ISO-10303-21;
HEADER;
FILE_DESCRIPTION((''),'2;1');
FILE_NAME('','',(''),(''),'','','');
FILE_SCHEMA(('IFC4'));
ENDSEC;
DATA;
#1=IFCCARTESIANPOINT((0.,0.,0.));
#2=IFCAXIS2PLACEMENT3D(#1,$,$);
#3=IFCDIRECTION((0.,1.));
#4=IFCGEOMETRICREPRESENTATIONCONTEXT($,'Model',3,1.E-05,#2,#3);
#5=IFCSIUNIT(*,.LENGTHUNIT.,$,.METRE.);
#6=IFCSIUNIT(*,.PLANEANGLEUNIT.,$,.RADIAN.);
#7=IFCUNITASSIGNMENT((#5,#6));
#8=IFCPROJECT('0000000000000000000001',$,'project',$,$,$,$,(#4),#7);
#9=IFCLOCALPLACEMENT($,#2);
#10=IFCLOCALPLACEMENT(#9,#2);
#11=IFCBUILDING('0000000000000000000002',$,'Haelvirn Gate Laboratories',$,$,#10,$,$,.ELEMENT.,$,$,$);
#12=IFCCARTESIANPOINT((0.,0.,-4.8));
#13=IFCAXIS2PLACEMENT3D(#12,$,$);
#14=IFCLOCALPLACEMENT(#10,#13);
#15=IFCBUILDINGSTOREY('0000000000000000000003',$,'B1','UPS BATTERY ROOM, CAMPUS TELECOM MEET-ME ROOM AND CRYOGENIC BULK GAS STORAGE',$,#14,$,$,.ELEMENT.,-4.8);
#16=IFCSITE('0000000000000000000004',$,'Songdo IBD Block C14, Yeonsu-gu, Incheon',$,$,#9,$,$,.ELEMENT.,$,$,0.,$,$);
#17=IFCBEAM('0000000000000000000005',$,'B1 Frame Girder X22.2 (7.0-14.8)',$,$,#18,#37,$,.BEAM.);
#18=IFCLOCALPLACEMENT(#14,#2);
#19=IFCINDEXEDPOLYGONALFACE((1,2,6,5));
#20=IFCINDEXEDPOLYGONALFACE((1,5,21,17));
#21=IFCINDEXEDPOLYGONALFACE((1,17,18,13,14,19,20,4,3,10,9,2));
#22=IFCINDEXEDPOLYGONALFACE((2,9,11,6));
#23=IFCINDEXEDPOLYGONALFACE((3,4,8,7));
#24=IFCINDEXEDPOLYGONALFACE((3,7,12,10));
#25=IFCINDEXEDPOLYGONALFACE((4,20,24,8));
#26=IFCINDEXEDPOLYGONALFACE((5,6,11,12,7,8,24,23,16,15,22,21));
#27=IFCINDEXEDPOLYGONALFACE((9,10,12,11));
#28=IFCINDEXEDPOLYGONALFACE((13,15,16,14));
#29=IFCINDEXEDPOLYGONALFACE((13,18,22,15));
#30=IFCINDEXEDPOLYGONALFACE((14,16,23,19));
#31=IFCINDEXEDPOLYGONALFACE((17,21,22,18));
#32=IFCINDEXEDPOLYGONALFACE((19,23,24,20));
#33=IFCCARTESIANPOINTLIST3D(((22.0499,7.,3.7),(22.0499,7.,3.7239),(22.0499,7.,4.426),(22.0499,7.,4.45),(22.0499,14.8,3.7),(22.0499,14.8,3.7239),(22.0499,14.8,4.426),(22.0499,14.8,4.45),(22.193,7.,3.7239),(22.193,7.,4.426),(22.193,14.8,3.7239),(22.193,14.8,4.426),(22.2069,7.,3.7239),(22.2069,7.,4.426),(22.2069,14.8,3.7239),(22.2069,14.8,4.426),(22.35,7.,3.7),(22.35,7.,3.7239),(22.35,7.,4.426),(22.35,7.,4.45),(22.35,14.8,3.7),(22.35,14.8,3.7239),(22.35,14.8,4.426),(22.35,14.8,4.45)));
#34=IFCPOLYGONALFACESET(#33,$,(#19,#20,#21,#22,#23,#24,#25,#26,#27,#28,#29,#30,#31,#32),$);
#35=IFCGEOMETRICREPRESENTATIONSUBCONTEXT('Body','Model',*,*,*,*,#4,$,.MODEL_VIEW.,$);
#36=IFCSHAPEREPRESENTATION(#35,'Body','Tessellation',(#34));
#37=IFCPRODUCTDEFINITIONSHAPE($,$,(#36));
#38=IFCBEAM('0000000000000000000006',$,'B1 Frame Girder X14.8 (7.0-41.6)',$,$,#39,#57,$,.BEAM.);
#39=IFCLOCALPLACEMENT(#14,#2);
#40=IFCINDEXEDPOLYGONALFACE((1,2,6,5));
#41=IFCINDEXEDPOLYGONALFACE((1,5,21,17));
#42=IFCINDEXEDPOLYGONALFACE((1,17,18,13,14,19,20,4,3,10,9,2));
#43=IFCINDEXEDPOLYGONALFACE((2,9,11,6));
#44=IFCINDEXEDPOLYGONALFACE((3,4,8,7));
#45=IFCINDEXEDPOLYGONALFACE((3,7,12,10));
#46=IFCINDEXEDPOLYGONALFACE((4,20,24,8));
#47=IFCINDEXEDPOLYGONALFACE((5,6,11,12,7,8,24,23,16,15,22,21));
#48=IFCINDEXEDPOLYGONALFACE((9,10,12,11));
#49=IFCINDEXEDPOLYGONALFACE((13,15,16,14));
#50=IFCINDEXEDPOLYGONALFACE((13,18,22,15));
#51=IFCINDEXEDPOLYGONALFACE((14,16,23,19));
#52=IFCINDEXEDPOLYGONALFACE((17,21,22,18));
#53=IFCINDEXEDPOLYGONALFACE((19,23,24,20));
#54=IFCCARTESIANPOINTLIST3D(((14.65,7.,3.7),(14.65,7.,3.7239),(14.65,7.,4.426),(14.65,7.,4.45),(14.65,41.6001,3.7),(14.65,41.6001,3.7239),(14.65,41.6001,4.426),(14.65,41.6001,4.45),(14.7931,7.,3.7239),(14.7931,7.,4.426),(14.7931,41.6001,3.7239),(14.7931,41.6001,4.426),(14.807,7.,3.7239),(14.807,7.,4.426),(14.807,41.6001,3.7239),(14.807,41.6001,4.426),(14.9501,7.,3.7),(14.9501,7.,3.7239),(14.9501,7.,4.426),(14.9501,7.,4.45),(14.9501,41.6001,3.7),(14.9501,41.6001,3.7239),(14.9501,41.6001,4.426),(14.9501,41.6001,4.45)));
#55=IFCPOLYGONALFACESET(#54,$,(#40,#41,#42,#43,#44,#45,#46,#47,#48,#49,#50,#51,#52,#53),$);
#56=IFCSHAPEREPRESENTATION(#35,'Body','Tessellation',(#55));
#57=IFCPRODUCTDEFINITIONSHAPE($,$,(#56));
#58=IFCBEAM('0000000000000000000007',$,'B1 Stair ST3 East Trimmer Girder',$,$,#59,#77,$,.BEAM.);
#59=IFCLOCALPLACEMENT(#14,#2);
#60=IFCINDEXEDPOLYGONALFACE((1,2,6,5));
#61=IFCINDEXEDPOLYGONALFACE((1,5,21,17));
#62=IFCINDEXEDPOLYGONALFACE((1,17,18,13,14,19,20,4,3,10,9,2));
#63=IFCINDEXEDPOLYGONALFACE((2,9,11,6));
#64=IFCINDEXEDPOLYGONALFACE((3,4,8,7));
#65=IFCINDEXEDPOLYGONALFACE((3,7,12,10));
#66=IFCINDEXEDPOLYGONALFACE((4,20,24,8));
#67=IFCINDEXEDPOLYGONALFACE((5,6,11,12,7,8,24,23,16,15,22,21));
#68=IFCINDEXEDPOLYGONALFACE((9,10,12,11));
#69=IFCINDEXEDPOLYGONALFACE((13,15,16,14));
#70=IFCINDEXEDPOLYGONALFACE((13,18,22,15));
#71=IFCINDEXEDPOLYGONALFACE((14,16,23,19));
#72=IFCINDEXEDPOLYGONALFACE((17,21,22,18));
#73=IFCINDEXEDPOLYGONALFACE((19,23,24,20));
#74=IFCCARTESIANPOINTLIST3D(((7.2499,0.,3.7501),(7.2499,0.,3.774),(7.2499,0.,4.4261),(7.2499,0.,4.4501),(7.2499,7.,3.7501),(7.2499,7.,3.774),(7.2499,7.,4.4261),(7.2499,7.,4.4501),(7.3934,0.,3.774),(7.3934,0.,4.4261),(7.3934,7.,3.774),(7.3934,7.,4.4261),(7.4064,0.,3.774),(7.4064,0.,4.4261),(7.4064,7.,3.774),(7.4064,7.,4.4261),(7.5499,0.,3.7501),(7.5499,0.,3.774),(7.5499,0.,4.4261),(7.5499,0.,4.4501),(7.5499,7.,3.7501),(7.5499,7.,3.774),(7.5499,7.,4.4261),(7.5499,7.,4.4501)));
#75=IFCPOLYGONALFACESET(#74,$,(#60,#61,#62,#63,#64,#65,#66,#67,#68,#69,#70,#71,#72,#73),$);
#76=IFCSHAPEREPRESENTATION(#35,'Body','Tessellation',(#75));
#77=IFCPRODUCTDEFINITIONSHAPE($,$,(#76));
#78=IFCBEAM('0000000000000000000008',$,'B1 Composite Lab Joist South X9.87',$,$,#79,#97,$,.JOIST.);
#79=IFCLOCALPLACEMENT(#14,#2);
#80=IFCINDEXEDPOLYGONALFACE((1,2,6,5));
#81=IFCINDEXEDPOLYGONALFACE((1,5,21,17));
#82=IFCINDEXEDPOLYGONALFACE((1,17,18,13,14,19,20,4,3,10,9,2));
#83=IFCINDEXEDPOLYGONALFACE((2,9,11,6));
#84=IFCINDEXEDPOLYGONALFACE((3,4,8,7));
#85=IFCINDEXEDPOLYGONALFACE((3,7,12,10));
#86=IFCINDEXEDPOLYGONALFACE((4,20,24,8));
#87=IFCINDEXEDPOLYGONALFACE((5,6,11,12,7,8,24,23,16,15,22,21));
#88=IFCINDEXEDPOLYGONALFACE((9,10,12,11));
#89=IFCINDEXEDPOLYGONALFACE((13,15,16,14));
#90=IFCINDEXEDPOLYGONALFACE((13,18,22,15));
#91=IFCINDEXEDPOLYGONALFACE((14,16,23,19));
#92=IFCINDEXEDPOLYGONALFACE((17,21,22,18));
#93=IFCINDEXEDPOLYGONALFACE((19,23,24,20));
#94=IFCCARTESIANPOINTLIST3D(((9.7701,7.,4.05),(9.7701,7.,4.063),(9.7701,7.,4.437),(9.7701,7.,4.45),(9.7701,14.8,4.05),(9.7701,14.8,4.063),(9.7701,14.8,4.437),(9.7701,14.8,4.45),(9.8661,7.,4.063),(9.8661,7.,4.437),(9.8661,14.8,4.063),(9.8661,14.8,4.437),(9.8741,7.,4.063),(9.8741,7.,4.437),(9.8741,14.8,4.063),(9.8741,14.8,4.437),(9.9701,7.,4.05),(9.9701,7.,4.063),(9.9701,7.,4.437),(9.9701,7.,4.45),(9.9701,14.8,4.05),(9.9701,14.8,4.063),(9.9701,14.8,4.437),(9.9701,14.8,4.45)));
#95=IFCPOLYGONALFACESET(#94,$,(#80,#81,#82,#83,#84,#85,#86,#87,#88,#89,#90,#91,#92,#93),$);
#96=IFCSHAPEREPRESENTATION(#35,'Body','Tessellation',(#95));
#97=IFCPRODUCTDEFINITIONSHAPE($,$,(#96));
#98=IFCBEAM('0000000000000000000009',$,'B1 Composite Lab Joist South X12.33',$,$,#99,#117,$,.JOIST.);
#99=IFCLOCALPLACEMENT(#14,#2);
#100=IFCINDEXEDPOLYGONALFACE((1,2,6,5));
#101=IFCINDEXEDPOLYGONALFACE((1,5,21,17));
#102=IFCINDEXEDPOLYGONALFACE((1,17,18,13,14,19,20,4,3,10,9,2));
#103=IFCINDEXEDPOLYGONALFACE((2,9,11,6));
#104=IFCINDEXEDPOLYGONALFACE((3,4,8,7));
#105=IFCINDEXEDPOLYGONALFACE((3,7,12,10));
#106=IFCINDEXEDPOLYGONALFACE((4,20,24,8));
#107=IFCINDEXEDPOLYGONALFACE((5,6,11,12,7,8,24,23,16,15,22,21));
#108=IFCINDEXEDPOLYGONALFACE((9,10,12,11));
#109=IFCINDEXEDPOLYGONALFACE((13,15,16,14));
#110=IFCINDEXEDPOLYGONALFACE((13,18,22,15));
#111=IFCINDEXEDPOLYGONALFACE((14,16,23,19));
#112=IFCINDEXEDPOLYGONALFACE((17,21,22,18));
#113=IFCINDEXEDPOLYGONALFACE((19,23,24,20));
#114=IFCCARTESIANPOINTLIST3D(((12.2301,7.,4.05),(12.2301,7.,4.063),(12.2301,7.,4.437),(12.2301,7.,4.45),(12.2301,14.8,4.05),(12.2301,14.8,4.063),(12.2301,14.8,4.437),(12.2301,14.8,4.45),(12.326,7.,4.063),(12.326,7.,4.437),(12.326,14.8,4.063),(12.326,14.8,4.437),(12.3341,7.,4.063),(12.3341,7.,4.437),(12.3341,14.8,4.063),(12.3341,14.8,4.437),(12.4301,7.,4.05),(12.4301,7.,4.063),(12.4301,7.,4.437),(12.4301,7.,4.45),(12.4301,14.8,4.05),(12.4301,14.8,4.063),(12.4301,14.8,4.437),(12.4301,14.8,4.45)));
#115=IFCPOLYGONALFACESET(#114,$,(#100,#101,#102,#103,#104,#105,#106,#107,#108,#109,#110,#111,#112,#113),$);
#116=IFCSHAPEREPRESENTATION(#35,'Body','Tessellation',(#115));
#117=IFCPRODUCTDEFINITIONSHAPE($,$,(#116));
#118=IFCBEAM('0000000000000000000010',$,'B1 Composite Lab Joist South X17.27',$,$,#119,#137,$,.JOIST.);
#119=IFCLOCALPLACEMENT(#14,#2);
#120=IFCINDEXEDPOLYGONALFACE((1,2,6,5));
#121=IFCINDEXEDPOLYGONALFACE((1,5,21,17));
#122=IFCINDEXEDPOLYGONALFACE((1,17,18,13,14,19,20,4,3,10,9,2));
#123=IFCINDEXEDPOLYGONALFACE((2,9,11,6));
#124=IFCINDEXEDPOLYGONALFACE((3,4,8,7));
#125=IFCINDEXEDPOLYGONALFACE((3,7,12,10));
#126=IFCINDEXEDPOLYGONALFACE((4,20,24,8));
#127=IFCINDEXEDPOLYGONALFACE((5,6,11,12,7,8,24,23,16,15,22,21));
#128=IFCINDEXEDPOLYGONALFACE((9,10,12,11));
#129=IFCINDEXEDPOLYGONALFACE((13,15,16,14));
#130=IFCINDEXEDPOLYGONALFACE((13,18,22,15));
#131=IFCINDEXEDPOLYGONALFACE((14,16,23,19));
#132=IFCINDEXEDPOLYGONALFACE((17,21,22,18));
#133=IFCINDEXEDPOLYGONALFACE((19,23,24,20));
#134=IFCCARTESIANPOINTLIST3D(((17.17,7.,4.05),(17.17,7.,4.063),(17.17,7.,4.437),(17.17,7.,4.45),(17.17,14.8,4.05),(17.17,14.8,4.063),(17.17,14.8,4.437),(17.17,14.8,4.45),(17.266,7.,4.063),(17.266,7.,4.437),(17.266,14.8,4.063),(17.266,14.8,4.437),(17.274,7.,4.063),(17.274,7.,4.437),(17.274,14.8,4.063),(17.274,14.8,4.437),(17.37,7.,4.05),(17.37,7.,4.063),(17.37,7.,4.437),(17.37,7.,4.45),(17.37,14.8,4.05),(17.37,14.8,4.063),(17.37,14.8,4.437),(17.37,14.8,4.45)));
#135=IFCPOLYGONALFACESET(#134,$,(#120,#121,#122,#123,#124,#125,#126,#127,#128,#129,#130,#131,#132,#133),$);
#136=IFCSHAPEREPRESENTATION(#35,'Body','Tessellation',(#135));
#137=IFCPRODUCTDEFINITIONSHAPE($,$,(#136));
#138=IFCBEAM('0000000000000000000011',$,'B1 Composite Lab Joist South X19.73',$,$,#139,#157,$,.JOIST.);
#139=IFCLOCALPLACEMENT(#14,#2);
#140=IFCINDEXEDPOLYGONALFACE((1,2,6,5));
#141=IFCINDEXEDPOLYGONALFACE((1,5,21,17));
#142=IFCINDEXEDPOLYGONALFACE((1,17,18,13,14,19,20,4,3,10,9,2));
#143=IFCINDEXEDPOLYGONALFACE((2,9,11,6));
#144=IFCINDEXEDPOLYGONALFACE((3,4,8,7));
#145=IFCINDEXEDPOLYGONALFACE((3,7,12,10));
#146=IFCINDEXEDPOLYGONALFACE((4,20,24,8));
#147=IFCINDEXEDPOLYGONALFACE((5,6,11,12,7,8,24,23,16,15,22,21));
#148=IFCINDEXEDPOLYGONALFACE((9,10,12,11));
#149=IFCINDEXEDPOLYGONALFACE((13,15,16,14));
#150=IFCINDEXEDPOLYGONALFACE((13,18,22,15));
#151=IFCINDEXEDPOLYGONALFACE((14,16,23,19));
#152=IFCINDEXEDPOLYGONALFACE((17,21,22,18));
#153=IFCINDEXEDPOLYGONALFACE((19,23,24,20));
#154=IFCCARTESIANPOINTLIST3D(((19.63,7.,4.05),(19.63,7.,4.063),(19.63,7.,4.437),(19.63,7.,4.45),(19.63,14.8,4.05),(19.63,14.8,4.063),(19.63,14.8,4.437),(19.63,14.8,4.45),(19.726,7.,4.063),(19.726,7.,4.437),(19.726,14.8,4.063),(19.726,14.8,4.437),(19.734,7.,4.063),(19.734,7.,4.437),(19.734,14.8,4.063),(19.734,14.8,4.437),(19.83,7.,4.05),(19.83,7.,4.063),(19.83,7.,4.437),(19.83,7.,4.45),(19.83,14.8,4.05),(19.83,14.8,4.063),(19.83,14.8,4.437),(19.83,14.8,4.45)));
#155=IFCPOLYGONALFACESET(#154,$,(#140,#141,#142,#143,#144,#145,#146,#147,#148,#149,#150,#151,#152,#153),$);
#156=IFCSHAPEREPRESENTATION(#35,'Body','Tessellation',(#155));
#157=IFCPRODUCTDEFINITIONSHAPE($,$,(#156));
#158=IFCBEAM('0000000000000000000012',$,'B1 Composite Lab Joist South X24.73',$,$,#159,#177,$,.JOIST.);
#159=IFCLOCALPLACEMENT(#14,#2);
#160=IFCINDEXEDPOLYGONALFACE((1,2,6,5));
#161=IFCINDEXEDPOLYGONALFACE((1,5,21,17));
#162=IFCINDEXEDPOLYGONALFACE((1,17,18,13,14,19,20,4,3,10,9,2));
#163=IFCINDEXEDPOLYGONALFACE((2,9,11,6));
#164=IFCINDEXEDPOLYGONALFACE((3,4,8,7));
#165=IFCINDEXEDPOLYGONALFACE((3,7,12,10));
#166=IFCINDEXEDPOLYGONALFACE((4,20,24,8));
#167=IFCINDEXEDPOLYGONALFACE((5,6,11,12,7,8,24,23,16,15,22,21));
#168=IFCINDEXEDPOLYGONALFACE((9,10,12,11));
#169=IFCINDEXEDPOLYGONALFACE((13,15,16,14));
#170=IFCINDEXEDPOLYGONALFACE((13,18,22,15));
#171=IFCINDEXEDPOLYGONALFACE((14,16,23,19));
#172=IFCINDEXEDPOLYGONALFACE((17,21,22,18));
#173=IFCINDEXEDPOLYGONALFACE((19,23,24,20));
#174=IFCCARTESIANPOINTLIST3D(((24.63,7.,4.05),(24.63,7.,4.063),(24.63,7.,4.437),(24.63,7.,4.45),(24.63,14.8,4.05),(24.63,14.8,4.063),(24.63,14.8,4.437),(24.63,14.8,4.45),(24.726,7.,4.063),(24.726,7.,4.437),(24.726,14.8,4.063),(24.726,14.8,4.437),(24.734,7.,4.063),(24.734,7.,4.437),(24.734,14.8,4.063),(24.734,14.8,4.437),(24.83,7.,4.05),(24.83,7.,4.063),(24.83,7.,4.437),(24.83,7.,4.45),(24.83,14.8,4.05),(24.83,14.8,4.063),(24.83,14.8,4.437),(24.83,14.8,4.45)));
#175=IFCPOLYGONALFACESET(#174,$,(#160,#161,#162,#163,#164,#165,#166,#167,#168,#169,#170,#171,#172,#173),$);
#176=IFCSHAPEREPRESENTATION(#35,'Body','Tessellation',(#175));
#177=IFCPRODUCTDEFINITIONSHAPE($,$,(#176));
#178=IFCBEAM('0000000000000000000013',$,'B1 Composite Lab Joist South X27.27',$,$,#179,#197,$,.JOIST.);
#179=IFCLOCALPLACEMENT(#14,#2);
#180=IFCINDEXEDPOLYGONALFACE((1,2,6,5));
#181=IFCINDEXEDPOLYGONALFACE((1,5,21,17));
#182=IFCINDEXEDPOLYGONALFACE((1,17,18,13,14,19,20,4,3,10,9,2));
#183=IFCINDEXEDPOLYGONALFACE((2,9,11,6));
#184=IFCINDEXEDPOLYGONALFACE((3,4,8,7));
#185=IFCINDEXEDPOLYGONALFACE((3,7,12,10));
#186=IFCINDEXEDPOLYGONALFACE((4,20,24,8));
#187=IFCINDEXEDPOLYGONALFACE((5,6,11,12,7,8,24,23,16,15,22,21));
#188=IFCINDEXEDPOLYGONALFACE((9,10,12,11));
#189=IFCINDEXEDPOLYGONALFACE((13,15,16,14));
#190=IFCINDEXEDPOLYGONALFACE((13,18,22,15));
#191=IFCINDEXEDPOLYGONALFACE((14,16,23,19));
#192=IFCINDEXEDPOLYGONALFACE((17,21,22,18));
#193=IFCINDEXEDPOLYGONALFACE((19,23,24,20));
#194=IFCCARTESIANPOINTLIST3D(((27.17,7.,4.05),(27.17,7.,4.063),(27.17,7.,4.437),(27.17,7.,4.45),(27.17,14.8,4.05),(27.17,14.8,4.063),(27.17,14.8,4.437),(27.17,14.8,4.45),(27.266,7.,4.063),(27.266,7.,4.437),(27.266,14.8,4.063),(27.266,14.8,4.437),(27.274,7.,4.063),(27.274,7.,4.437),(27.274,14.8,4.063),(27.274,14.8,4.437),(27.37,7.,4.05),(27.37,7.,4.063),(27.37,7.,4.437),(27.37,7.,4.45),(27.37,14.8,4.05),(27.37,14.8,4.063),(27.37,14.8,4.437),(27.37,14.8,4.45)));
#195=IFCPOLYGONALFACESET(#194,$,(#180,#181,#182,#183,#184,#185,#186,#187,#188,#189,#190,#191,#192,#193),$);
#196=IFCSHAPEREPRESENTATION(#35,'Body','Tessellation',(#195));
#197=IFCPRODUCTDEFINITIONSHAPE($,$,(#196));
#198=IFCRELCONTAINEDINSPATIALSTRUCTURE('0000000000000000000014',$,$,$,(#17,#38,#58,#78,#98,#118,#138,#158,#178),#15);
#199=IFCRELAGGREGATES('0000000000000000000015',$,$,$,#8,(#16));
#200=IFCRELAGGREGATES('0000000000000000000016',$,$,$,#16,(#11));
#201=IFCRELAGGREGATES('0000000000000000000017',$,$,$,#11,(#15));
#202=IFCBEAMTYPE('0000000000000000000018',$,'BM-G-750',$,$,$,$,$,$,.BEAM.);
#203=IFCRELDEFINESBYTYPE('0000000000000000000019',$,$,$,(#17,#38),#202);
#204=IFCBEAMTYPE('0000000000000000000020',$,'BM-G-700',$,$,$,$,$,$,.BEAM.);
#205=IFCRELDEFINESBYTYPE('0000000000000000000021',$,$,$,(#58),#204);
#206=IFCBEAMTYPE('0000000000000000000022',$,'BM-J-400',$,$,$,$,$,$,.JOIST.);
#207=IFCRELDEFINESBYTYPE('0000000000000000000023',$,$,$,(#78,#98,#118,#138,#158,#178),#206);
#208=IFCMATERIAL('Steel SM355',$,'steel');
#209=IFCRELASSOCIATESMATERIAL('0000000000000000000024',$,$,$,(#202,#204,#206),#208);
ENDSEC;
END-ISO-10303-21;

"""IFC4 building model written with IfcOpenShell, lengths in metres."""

from ifc_helpers import new_model, si_unit, direction, frame, origin, origin_2d, place, context, subcontext, project, spatial, i_section, extrude, source, transform, mapped, material, material_profile, profile_set, type_object, type_shapes, element, save


model = new_model("IFC4")

# Units and contexts
model_context = context("Model", 3, precision=1e-05, world=origin(), true_north=direction((0.0, 1.0)))
body_context = subcontext(model_context, "Body", "Model", "MODEL_VIEW")
ifc_project = project(units=[si_unit("LENGTHUNIT", "METRE"), si_unit("PLANEANGLEUNIT", "RADIAN")], contexts=[model_context])

# Site, building, storey
site_placement = place(None, origin())
site = spatial("IfcSite", under=ifc_project, at=site_placement, Name="Songdo IBD Block C14, Yeonsu-gu, Incheon", CompositionType="ELEMENT", RefElevation=0.0)
building_placement = place(site_placement, origin())
building = spatial("IfcBuilding", under=site, at=building_placement, Name="Haelvirn Gate Laboratories", CompositionType="ELEMENT")
storey_placement = place(building_placement, frame((0.0, 0.0, -4.8)))
storey = spatial("IfcBuildingStorey", under=building, at=storey_placement, Name="B1", Description="UPS BATTERY ROOM, CAMPUS TELECOM MEET-ME ROOM AND CRYOGENIC BULK GAS STORAGE", CompositionType="ELEMENT", Elevation=-4.8)

# Beams
ifc_material_1 = material(Name="Steel SM355", Category="steel")
ifc_material_profile_1 = material_profile(ifc_material_1, i_section(OverallWidth=0.3, OverallDepth=0.75, WebThickness=0.0139, FlangeThickness=0.0239, at=origin_2d()), Name="H-750x300x14x24")
ifc_profile_set_1 = profile_set([ifc_material_profile_1], Name="Steel SM355")
beam_type_1 = type_object("IfcBeamType", Name="BM-G-750", PredefinedType="BEAM", material=ifc_profile_set_1)
shared_shape_1 = source(origin(), body_context, "Body", "SweptSolid", [
    extrude(i_section(OverallWidth=0.3, OverallDepth=0.75, WebThickness=0.0139, FlangeThickness=0.0239, at=origin_2d()), origin(), (0.0, 0.0, 1.0), 7.8),
])
for number, where, z_axis, x_axis, name in (
    (1, (22.2, 7.0, 4.075), (0.0, 1.0, 0.0), (-1.0, 0.0, 0.0), "B1 Frame Girder X22.2 (7.0-14.8)"),
):
    element("IfcBeam", number, at=place(storey_placement, frame(where, z_axis=z_axis, x_axis=x_axis)), inside=storey, type_object=beam_type_1, Name=name, PredefinedType="BEAM", context=body_context, shape_type="MappedRepresentation", body=[
        mapped(shared_shape_1, transform((0.0, 0.0, 0.0), scale=1.0)),
    ])
shared_shape_2 = source(origin(), body_context, "Body", "SweptSolid", [
    extrude(i_section(OverallWidth=0.3, OverallDepth=0.75, WebThickness=0.0139, FlangeThickness=0.0239, at=origin_2d()), origin(), (0.0, 0.0, 1.0), 34.6001),
])
type_shapes(beam_type_1, [shared_shape_1, shared_shape_2])
beam_1_placement = place(storey_placement, frame((14.8, 7.0, 4.075), z_axis=(0.0, 1.0, 0.0), x_axis=(-1.0, 0.0, 0.0)))
element("IfcBeam", 2, at=beam_1_placement, inside=storey, type_object=beam_type_1, Name="B1 Frame Girder X14.8 (7.0-41.6)", PredefinedType="BEAM", context=body_context, shape_type="MappedRepresentation", body=[
    mapped(shared_shape_2, transform((0.0, 0.0, 0.0), scale=1.0)),
])
ifc_material_profile_2 = material_profile(ifc_material_1, i_section(OverallWidth=0.3, OverallDepth=0.7, WebThickness=0.0129, FlangeThickness=0.0239, at=origin_2d()), Name="H-700x300x13x24")
ifc_profile_set_2 = profile_set([ifc_material_profile_2], Name="Steel SM355")
beam_type_2 = type_object("IfcBeamType", Name="BM-G-700", PredefinedType="BEAM", material=ifc_profile_set_2)
shared_shape_3 = source(origin(), body_context, "Body", "SweptSolid", [
    extrude(i_section(OverallWidth=0.3, OverallDepth=0.7, WebThickness=0.0129, FlangeThickness=0.0239, at=origin_2d()), origin(), (0.0, 0.0, 1.0), 7.0),
])
type_shapes(beam_type_2, [shared_shape_3])
beam_2_placement = place(storey_placement, frame((7.3999, 0.0, 4.1001), z_axis=(0.0, 1.0, 0.0), x_axis=(-1.0, 0.0, 0.0)))
element("IfcBeam", 3, at=beam_2_placement, inside=storey, type_object=beam_type_2, Name="B1 Stair ST3 East Trimmer Girder", PredefinedType="BEAM", context=body_context, shape_type="MappedRepresentation", body=[
    mapped(shared_shape_3, transform((0.0, 0.0, 0.0), scale=1.0)),
])
ifc_material_profile_3 = material_profile(ifc_material_1, i_section(OverallWidth=0.2, OverallDepth=0.3999, WebThickness=0.0081, FlangeThickness=0.0129, at=origin_2d()), Name="H-400x200x8x13")
ifc_profile_set_3 = profile_set([ifc_material_profile_3], Name="Steel SM355")
beam_type_3 = type_object("IfcBeamType", Name="BM-J-400", PredefinedType="JOIST", material=ifc_profile_set_3)
shared_shape_4 = source(origin(), body_context, "Body", "SweptSolid", [
    extrude(i_section(OverallWidth=0.2, OverallDepth=0.3999, WebThickness=0.0081, FlangeThickness=0.0129, at=origin_2d()), origin(), (0.0, 0.0, 1.0), 7.8),
])
type_shapes(beam_type_3, [shared_shape_4])
for number, where, z_axis, x_axis, name in (
    (4, (9.8701, 7.0, 4.25), (0.0, 1.0, 0.0), (-1.0, 0.0, 0.0), "B1 Composite Lab Joist South X9.87"),
    (5, (12.3301, 7.0, 4.25), (0.0, 1.0, 0.0), (-1.0, 0.0, 0.0), "B1 Composite Lab Joist South X12.33"),
    (6, (17.27, 7.0, 4.25), (0.0, 1.0, 0.0), (-1.0, 0.0, 0.0), "B1 Composite Lab Joist South X17.27"),
    (7, (19.73, 7.0, 4.25), (0.0, 1.0, 0.0), (-1.0, 0.0, 0.0), "B1 Composite Lab Joist South X19.73"),
    (8, (24.73, 7.0, 4.25), (0.0, 1.0, 0.0), (-1.0, 0.0, 0.0), "B1 Composite Lab Joist South X24.73"),
    (9, (27.27, 7.0, 4.25), (0.0, 1.0, 0.0), (-1.0, 0.0, 0.0), "B1 Composite Lab Joist South X27.27"),
):
    element("IfcBeam", number, at=place(storey_placement, frame(where, z_axis=z_axis, x_axis=x_axis)), inside=storey, type_object=beam_type_3, Name=name, PredefinedType="JOIST", context=body_context, shape_type="MappedRepresentation", body=[
        mapped(shared_shape_4, transform((0.0, 0.0, 0.0), scale=1.0)),
    ])

save(model, "model.ifc")
